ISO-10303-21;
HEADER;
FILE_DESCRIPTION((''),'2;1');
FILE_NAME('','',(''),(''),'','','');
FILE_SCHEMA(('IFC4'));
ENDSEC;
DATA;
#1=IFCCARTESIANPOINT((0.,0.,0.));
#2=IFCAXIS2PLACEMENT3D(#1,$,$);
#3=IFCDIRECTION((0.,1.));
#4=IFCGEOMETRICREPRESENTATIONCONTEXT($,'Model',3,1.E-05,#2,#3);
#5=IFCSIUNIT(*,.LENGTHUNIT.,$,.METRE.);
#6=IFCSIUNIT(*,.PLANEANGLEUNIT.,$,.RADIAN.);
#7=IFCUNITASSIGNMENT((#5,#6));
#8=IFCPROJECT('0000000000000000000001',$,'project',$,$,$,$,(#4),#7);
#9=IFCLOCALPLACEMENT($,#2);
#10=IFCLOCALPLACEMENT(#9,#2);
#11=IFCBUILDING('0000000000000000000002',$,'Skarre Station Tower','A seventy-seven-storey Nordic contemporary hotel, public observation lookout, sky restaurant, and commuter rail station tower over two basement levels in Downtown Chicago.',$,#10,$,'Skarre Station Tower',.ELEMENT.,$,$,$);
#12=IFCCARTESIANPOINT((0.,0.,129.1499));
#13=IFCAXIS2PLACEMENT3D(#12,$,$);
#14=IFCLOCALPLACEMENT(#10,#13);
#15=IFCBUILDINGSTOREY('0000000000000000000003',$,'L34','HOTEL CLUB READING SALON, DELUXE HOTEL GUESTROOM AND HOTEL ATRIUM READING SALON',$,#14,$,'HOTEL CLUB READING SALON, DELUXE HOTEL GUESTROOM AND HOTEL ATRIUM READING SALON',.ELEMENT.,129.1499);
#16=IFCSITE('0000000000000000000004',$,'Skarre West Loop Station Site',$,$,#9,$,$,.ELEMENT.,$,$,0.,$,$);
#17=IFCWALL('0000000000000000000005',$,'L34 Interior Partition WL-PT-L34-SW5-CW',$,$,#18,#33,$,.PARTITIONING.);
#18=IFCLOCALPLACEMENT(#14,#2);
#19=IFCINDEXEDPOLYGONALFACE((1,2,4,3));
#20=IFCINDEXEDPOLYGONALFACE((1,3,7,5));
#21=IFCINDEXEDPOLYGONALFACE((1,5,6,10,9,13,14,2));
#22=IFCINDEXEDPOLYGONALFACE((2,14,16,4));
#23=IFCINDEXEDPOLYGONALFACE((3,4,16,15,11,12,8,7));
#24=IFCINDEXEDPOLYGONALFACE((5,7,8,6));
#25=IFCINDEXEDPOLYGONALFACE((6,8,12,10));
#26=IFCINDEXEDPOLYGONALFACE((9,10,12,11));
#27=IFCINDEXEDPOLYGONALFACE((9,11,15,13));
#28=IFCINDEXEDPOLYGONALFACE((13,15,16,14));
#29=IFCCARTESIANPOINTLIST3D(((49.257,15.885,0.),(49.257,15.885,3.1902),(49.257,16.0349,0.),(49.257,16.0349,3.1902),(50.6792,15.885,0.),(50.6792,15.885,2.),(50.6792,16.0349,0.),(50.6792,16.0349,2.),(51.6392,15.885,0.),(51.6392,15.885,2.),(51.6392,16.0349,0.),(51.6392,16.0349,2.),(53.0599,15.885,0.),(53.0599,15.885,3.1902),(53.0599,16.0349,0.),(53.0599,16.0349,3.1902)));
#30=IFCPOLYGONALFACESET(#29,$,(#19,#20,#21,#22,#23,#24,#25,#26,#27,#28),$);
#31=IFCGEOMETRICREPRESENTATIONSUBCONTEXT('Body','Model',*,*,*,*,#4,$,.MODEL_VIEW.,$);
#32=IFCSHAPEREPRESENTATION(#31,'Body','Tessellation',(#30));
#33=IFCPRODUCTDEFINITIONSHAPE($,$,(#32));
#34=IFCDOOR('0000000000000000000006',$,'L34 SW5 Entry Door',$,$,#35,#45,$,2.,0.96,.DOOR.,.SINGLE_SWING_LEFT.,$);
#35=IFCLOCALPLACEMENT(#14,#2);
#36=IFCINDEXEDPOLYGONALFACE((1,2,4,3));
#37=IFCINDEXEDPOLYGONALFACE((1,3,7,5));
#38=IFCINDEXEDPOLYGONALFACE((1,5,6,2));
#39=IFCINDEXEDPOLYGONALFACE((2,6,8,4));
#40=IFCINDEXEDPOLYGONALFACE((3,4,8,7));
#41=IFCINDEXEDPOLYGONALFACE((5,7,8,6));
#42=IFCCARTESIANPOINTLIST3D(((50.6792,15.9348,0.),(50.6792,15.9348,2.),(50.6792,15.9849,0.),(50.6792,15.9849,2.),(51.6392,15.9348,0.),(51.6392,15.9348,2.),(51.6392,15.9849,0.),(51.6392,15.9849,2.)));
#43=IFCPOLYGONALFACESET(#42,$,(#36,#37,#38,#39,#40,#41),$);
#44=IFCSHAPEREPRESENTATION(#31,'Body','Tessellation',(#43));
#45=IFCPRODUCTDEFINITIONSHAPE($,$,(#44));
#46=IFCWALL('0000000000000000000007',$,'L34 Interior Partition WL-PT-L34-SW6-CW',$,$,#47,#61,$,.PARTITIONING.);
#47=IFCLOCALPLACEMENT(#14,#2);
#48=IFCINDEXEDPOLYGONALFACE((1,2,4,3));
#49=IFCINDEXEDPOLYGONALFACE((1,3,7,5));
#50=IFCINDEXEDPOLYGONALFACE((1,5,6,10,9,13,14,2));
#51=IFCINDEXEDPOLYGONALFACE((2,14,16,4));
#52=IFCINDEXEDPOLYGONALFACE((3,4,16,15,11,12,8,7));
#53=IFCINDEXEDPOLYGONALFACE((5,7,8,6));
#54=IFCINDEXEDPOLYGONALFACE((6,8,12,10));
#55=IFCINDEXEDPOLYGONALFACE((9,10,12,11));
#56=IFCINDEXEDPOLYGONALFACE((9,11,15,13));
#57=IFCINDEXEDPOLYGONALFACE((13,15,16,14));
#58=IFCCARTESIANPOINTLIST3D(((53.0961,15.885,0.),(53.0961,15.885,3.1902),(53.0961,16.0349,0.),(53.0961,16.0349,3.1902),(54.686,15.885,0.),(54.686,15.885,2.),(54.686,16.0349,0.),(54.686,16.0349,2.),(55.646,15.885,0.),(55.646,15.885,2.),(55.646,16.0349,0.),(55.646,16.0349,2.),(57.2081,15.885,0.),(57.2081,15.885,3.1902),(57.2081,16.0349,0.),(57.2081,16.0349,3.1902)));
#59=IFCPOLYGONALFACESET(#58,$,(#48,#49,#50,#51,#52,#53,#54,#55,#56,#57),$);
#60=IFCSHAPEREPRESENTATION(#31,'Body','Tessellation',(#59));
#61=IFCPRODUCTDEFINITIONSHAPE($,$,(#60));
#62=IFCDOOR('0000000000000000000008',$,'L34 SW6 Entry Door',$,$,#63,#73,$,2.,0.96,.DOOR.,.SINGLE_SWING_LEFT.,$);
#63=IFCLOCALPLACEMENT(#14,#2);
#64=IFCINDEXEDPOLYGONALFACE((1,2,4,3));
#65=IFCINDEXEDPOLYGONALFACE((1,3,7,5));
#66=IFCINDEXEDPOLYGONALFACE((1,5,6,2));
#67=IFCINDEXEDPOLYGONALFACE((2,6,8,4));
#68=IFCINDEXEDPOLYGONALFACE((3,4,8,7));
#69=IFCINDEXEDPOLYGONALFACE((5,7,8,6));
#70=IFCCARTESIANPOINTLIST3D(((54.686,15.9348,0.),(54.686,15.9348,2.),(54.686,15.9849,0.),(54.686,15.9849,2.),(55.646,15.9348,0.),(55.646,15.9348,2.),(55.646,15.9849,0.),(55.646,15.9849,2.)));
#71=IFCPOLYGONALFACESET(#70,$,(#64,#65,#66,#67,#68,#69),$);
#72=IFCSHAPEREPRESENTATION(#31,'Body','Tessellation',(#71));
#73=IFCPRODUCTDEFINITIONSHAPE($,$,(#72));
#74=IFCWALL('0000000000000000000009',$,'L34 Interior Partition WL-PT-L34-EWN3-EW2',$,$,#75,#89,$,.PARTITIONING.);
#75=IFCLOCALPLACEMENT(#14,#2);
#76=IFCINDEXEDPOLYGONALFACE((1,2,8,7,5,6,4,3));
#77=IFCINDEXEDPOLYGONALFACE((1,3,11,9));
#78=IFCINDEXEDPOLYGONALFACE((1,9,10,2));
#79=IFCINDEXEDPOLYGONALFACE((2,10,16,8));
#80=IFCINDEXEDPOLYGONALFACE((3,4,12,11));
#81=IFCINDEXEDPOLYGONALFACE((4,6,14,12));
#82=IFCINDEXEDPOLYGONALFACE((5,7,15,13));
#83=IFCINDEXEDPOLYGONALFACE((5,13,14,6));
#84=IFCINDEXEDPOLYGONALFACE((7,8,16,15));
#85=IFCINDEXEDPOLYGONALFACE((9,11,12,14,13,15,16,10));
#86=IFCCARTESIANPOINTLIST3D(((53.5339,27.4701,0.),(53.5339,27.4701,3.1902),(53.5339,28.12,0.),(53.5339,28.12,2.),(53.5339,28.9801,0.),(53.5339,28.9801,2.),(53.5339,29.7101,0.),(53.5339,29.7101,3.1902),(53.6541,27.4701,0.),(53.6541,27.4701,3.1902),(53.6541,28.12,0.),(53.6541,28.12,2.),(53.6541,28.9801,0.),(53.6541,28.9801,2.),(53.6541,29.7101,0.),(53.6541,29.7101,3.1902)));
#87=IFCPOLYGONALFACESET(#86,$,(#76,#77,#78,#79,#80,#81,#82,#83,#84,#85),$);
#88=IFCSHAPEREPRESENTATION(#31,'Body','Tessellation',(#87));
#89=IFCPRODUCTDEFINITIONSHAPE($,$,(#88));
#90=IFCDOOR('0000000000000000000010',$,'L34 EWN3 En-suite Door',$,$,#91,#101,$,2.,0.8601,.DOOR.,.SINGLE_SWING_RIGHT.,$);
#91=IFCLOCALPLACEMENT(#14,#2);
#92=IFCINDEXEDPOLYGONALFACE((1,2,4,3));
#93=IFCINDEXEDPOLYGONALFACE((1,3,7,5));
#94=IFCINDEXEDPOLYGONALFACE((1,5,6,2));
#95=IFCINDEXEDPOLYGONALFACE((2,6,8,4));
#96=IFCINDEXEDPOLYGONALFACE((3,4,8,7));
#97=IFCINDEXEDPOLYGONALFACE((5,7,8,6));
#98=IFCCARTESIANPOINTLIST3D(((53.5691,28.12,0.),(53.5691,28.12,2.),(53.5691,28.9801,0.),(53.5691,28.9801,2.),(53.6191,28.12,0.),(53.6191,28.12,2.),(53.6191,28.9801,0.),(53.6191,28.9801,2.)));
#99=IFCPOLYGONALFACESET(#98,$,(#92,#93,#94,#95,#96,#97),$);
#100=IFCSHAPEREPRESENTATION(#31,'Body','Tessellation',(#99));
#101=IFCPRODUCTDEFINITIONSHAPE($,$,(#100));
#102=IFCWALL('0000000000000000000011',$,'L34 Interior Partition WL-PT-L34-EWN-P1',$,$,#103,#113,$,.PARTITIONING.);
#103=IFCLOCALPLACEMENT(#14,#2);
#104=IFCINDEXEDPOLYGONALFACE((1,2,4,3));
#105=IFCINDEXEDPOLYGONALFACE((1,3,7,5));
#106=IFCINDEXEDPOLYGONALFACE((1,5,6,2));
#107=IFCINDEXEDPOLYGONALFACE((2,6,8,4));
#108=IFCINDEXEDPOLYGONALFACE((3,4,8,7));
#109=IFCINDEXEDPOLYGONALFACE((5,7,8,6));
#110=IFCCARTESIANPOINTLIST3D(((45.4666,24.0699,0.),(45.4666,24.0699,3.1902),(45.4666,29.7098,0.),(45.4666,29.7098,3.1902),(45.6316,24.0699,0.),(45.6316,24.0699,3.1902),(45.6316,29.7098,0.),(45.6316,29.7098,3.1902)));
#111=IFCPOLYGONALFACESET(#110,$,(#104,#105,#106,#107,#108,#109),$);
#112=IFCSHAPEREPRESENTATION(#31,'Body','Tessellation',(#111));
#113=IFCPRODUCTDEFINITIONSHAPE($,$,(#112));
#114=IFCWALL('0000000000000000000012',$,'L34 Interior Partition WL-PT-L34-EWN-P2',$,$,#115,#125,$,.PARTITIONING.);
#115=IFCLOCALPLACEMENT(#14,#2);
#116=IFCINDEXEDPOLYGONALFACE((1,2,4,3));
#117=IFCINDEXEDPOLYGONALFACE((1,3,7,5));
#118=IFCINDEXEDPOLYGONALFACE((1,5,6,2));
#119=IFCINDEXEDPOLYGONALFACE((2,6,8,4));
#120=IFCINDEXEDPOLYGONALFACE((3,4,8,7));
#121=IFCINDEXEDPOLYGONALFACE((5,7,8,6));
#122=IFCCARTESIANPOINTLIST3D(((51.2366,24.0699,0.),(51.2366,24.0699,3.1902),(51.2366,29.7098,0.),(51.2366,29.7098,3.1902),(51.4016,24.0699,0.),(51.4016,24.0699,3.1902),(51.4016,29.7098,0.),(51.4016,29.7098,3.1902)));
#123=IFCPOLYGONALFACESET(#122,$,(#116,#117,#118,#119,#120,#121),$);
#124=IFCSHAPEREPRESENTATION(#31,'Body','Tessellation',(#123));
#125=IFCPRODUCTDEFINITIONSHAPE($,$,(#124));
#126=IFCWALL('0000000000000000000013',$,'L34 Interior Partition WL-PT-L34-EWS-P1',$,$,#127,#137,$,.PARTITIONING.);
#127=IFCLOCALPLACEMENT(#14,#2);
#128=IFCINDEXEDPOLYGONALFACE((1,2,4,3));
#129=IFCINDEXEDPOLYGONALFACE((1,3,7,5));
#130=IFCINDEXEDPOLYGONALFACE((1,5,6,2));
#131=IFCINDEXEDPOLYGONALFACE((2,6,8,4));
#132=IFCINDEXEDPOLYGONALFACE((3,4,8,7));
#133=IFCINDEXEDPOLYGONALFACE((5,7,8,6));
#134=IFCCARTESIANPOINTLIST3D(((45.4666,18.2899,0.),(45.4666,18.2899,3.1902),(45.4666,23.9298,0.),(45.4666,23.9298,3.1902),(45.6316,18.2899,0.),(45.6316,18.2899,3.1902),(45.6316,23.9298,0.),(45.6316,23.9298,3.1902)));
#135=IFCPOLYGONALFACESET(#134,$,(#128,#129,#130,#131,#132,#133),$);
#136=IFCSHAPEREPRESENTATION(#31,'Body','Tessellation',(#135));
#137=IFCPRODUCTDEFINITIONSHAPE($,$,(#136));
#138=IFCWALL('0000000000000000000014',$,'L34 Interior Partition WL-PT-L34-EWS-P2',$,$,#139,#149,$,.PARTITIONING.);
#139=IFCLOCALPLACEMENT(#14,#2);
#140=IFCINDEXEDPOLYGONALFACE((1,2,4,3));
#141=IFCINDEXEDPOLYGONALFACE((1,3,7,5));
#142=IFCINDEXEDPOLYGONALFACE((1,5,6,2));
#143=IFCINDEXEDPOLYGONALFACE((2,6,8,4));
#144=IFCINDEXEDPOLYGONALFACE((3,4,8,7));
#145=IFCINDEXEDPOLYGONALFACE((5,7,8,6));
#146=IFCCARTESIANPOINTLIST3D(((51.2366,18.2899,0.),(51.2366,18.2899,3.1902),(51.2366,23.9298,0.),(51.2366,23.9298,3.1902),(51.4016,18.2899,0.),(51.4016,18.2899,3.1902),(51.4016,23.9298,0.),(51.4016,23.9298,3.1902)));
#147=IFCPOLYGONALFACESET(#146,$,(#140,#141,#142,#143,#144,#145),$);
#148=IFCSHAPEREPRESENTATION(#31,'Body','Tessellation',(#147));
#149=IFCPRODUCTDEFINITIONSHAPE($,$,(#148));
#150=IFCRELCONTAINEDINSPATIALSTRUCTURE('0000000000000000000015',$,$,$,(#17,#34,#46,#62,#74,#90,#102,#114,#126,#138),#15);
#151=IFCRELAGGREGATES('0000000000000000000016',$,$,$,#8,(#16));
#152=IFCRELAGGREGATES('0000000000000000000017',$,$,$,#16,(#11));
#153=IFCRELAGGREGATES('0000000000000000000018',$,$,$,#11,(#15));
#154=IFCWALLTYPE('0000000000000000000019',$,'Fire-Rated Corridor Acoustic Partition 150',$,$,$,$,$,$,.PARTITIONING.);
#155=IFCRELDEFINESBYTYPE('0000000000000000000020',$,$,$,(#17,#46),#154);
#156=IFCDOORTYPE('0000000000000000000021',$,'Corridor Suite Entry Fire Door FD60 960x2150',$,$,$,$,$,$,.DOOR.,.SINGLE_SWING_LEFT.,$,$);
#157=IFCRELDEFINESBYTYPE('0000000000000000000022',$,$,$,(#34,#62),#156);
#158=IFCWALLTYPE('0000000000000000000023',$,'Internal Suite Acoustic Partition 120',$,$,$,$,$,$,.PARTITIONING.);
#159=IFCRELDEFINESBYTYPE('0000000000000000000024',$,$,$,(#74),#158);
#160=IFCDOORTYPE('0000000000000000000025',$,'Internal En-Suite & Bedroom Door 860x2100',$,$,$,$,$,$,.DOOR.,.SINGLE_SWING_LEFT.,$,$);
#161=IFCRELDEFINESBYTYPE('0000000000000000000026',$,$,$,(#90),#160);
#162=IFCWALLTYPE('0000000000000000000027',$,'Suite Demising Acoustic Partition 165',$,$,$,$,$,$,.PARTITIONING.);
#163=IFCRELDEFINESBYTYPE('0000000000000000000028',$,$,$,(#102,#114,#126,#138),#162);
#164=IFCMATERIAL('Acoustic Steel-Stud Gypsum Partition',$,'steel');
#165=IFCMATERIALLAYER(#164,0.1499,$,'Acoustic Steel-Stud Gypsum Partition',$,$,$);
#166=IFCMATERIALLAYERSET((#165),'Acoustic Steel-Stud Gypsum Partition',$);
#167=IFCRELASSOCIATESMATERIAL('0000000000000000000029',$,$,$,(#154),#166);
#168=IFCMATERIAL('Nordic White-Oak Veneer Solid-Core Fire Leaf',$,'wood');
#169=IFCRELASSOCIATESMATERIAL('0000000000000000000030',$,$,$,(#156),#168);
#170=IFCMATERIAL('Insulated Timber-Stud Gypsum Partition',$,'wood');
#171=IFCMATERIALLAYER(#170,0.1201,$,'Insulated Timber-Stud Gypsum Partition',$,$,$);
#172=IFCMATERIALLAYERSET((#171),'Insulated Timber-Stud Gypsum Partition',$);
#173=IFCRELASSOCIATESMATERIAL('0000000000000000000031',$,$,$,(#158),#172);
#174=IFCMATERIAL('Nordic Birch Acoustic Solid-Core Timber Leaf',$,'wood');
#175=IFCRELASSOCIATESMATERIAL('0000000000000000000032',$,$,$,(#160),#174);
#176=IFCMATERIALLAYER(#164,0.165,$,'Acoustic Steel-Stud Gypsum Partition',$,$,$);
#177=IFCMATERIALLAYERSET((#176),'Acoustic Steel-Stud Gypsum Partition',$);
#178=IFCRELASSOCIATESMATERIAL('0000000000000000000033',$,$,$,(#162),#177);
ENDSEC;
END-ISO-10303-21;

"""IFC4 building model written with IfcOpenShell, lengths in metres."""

from ifc_helpers import new_model, si_unit, direction, frame, frame_2d, origin, place, context, subcontext, project, spatial, rectangle, extrude, material, layer, layer_set, type_object, element, fill, save


model = new_model("IFC4")

# Units and contexts
model_context = context("Model", 3, precision=1e-05, world=origin(), true_north=direction((0.0, 1.0)))
body_context = subcontext(model_context, "Body", "Model", "MODEL_VIEW")
ifc_project = project(units=[si_unit("LENGTHUNIT", "METRE"), si_unit("PLANEANGLEUNIT", "RADIAN")], contexts=[model_context])

# Site, building, storey
site_placement = place(None, origin())
site = spatial("IfcSite", under=ifc_project, at=site_placement, Name="Skarre West Loop Station Site", CompositionType="ELEMENT", RefElevation=0.0)
building_placement = place(site_placement, origin())
building = spatial("IfcBuilding", under=site, at=building_placement, Name="Skarre Station Tower", Description="A seventy-seven-storey Nordic contemporary hotel, public observation lookout, sky restaurant, and commuter rail station tower over two basement levels in Downtown Chicago.", LongName="Skarre Station Tower", CompositionType="ELEMENT")
storey_placement = place(building_placement, frame((0.0, 0.0, 129.1499)))
storey = spatial("IfcBuildingStorey", under=building, at=storey_placement, Name="L34", Description="HOTEL CLUB READING SALON, DELUXE HOTEL GUESTROOM AND HOTEL ATRIUM READING SALON", LongName="HOTEL CLUB READING SALON, DELUXE HOTEL GUESTROOM AND HOTEL ATRIUM READING SALON", CompositionType="ELEMENT", Elevation=129.1499)

# Walls, openings, doors
ifc_material_1 = material(Name="Acoustic Steel-Stud Gypsum Partition", Category="steel")
ifc_layer_1 = layer(ifc_material_1, 0.1499, Name="Acoustic Steel-Stud Gypsum Partition")
ifc_layer_set_1 = layer_set([ifc_layer_1], Name="Acoustic Steel-Stud Gypsum Partition")
wall_type_1 = type_object("IfcWallType", Name="Fire-Rated Corridor Acoustic Partition 150", PredefinedType="PARTITIONING", material=ifc_layer_set_1)
ifc_material_2 = material(Name="Nordic White-Oak Veneer Solid-Core Fire Leaf", Category="wood")
door_type_1 = type_object("IfcDoorType", Name="Corridor Suite Entry Fire Door FD60 960x2150", OperationType="SINGLE_SWING_LEFT", PredefinedType="DOOR", material=ifc_material_2)
wall_1_placement = place(storey_placement, frame((49.2571, 15.96, 0.0), z_axis=(0.0, 0.0, 1.0), x_axis=(1.0, 0.0, 0.0)))
wall_1 = element("IfcWall", 1, at=wall_1_placement, inside=storey, type_object=wall_type_1, Name="L34 Interior Partition WL-PT-L34-SW5-CW", PredefinedType="PARTITIONING", context=body_context, shape_type="SweptSolid", body=[
    extrude(rectangle(XDim=3.803, YDim=0.1499, at=frame_2d((1.9014, 0.0))), origin(), (0.0, 0.0, 1.0), 3.1902),
])
opening_1_placement = place(wall_1_placement, frame((1.4221, 0.0, 0.0)))
opening_1 = element("IfcOpeningElement", 2, at=opening_1_placement, cuts=wall_1, PredefinedType="OPENING", context=body_context, shape_type="SweptSolid", body=[
    extrude(rectangle(XDim=0.96, YDim=2.0, at=frame_2d((0.48, 1.0))), frame((0.0, 0.085, 0.0), z_axis=(0.0, -1.0, 0.0), x_axis=(1.0, 0.0, 0.0)), (0.0, 0.0, 1.0), 0.1699),
])
door_1_placement = place(opening_1_placement, origin())
door_1 = element("IfcDoor", 3, at=door_1_placement, inside=storey, type_object=door_type_1, Name="L34 SW5 Entry Door", OperationType="SINGLE_SWING_LEFT", OverallHeight=2.0, OverallWidth=0.96, PredefinedType="DOOR", context=body_context, shape_type="SweptSolid", body=[
    extrude(rectangle(XDim=0.96, YDim=2.0, at=frame_2d((0.48, 1.0))), frame((0.0, 0.0249, 0.0), z_axis=(0.0, -1.0, 0.0), x_axis=(1.0, 0.0, 0.0)), (0.0, 0.0, 1.0), 0.05),
])
fill(opening_1, door_1)
wall_2_placement = place(storey_placement, frame((53.0959, 15.96, 0.0), z_axis=(0.0, 0.0, 1.0), x_axis=(1.0, 0.0, 0.0)))
wall_2 = element("IfcWall", 4, at=wall_2_placement, inside=storey, type_object=wall_type_1, Name="L34 Interior Partition WL-PT-L34-SW6-CW", PredefinedType="PARTITIONING", context=body_context, shape_type="SweptSolid", body=[
    extrude(rectangle(XDim=4.1121, YDim=0.1499, at=frame_2d((2.0562, 0.0))), origin(), (0.0, 0.0, 1.0), 3.1902),
])
opening_2_placement = place(wall_2_placement, frame((1.5901, 0.0, 0.0)))
opening_2 = element("IfcOpeningElement", 5, at=opening_2_placement, cuts=wall_2, PredefinedType="OPENING", context=body_context, shape_type="SweptSolid", body=[
    extrude(rectangle(XDim=0.96, YDim=2.0, at=frame_2d((0.48, 1.0))), frame((0.0, 0.085, 0.0), z_axis=(0.0, -1.0, 0.0), x_axis=(1.0, 0.0, 0.0)), (0.0, 0.0, 1.0), 0.1699),
])
door_2_placement = place(opening_2_placement, origin())
door_2 = element("IfcDoor", 6, at=door_2_placement, inside=storey, type_object=door_type_1, Name="L34 SW6 Entry Door", OperationType="SINGLE_SWING_LEFT", OverallHeight=2.0, OverallWidth=0.96, PredefinedType="DOOR", context=body_context, shape_type="SweptSolid", body=[
    extrude(rectangle(XDim=0.96, YDim=2.0, at=frame_2d((0.48, 1.0))), frame((0.0, 0.0249, 0.0), z_axis=(0.0, -1.0, 0.0), x_axis=(1.0, 0.0, 0.0)), (0.0, 0.0, 1.0), 0.05),
])
fill(opening_2, door_2)
ifc_material_3 = material(Name="Insulated Timber-Stud Gypsum Partition", Category="wood")
ifc_layer_2 = layer(ifc_material_3, 0.1201, Name="Insulated Timber-Stud Gypsum Partition")
ifc_layer_set_2 = layer_set([ifc_layer_2], Name="Insulated Timber-Stud Gypsum Partition")
wall_type_2 = type_object("IfcWallType", Name="Internal Suite Acoustic Partition 120", PredefinedType="PARTITIONING", material=ifc_layer_set_2)
wall_3_placement = place(storey_placement, frame((53.594, 27.47, 0.0), z_axis=(0.0, 0.0, 1.0), x_axis=(0.0, 1.0, 0.0)))
wall_3 = element("IfcWall", 7, at=wall_3_placement, inside=storey, type_object=wall_type_2, Name="L34 Interior Partition WL-PT-L34-EWN3-EW2", PredefinedType="PARTITIONING", context=body_context, shape_type="SweptSolid", body=[
    extrude(rectangle(XDim=2.24, YDim=0.1201, at=frame_2d((1.1201, 0.0))), origin(), (0.0, 0.0, 1.0), 3.1902),
])
opening_3_placement = place(wall_3_placement, frame((0.6499, 0.0, 0.0)))
opening_3 = element("IfcOpeningElement", 8, at=opening_3_placement, cuts=wall_3, PredefinedType="OPENING", context=body_context, shape_type="SweptSolid", body=[
    extrude(rectangle(XDim=0.8601, YDim=2.0, at=frame_2d((0.4302, 1.0))), frame((0.0, 0.0701, 0.0), z_axis=(0.0, -1.0, 0.0), x_axis=(1.0, 0.0, 0.0)), (0.0, 0.0, 1.0), 0.1401),
])
ifc_material_4 = material(Name="Nordic Birch Acoustic Solid-Core Timber Leaf", Category="wood")
door_type_2 = type_object("IfcDoorType", Name="Internal En-Suite & Bedroom Door 860x2100", OperationType="SINGLE_SWING_LEFT", PredefinedType="DOOR", material=ifc_material_4)
door_3_placement = place(opening_3_placement, origin())
door_3 = element("IfcDoor", 9, at=door_3_placement, inside=storey, type_object=door_type_2, Name="L34 EWN3 En-suite Door", OperationType="SINGLE_SWING_RIGHT", OverallHeight=2.0, OverallWidth=0.8601, PredefinedType="DOOR", context=body_context, shape_type="SweptSolid", body=[
    extrude(rectangle(XDim=0.8601, YDim=2.0, at=frame_2d((0.4302, 1.0))), frame((0.0, 0.0249, 0.0), z_axis=(0.0, -1.0, 0.0), x_axis=(1.0, 0.0, 0.0)), (0.0, 0.0, 1.0), 0.05),
])
fill(opening_3, door_3)

# Walls
ifc_layer_3 = layer(ifc_material_1, 0.165, Name="Acoustic Steel-Stud Gypsum Partition")
ifc_layer_set_3 = layer_set([ifc_layer_3], Name="Acoustic Steel-Stud Gypsum Partition")
wall_type_3 = type_object("IfcWallType", Name="Suite Demising Acoustic Partition 165", PredefinedType="PARTITIONING", material=ifc_layer_set_3)
for number, where, z_axis, x_axis, name in (
    (10, (45.5491, 24.0701, 0.0), (0.0, 0.0, 1.0), (0.0, 1.0, 0.0), "L34 Interior Partition WL-PT-L34-EWN-P1"),
    (11, (51.3191, 24.0701, 0.0), (0.0, 0.0, 1.0), (0.0, 1.0, 0.0), "L34 Interior Partition WL-PT-L34-EWN-P2"),
    (12, (45.5491, 18.29, 0.0), (0.0, 0.0, 1.0), (0.0, 1.0, 0.0), "L34 Interior Partition WL-PT-L34-EWS-P1"),
    (13, (51.3191, 18.29, 0.0), (0.0, 0.0, 1.0), (0.0, 1.0, 0.0), "L34 Interior Partition WL-PT-L34-EWS-P2"),
):
    element("IfcWall", number, at=place(storey_placement, frame(where, z_axis=z_axis, x_axis=x_axis)), inside=storey, type_object=wall_type_3, Name=name, PredefinedType="PARTITIONING", context=body_context, shape_type="SweptSolid", body=[
        extrude(rectangle(XDim=5.6399, YDim=0.165, at=frame_2d((2.8198, 0.0))), origin(), (0.0, 0.0, 1.0), 3.1902),
    ])

save(model, "model.ifc")
